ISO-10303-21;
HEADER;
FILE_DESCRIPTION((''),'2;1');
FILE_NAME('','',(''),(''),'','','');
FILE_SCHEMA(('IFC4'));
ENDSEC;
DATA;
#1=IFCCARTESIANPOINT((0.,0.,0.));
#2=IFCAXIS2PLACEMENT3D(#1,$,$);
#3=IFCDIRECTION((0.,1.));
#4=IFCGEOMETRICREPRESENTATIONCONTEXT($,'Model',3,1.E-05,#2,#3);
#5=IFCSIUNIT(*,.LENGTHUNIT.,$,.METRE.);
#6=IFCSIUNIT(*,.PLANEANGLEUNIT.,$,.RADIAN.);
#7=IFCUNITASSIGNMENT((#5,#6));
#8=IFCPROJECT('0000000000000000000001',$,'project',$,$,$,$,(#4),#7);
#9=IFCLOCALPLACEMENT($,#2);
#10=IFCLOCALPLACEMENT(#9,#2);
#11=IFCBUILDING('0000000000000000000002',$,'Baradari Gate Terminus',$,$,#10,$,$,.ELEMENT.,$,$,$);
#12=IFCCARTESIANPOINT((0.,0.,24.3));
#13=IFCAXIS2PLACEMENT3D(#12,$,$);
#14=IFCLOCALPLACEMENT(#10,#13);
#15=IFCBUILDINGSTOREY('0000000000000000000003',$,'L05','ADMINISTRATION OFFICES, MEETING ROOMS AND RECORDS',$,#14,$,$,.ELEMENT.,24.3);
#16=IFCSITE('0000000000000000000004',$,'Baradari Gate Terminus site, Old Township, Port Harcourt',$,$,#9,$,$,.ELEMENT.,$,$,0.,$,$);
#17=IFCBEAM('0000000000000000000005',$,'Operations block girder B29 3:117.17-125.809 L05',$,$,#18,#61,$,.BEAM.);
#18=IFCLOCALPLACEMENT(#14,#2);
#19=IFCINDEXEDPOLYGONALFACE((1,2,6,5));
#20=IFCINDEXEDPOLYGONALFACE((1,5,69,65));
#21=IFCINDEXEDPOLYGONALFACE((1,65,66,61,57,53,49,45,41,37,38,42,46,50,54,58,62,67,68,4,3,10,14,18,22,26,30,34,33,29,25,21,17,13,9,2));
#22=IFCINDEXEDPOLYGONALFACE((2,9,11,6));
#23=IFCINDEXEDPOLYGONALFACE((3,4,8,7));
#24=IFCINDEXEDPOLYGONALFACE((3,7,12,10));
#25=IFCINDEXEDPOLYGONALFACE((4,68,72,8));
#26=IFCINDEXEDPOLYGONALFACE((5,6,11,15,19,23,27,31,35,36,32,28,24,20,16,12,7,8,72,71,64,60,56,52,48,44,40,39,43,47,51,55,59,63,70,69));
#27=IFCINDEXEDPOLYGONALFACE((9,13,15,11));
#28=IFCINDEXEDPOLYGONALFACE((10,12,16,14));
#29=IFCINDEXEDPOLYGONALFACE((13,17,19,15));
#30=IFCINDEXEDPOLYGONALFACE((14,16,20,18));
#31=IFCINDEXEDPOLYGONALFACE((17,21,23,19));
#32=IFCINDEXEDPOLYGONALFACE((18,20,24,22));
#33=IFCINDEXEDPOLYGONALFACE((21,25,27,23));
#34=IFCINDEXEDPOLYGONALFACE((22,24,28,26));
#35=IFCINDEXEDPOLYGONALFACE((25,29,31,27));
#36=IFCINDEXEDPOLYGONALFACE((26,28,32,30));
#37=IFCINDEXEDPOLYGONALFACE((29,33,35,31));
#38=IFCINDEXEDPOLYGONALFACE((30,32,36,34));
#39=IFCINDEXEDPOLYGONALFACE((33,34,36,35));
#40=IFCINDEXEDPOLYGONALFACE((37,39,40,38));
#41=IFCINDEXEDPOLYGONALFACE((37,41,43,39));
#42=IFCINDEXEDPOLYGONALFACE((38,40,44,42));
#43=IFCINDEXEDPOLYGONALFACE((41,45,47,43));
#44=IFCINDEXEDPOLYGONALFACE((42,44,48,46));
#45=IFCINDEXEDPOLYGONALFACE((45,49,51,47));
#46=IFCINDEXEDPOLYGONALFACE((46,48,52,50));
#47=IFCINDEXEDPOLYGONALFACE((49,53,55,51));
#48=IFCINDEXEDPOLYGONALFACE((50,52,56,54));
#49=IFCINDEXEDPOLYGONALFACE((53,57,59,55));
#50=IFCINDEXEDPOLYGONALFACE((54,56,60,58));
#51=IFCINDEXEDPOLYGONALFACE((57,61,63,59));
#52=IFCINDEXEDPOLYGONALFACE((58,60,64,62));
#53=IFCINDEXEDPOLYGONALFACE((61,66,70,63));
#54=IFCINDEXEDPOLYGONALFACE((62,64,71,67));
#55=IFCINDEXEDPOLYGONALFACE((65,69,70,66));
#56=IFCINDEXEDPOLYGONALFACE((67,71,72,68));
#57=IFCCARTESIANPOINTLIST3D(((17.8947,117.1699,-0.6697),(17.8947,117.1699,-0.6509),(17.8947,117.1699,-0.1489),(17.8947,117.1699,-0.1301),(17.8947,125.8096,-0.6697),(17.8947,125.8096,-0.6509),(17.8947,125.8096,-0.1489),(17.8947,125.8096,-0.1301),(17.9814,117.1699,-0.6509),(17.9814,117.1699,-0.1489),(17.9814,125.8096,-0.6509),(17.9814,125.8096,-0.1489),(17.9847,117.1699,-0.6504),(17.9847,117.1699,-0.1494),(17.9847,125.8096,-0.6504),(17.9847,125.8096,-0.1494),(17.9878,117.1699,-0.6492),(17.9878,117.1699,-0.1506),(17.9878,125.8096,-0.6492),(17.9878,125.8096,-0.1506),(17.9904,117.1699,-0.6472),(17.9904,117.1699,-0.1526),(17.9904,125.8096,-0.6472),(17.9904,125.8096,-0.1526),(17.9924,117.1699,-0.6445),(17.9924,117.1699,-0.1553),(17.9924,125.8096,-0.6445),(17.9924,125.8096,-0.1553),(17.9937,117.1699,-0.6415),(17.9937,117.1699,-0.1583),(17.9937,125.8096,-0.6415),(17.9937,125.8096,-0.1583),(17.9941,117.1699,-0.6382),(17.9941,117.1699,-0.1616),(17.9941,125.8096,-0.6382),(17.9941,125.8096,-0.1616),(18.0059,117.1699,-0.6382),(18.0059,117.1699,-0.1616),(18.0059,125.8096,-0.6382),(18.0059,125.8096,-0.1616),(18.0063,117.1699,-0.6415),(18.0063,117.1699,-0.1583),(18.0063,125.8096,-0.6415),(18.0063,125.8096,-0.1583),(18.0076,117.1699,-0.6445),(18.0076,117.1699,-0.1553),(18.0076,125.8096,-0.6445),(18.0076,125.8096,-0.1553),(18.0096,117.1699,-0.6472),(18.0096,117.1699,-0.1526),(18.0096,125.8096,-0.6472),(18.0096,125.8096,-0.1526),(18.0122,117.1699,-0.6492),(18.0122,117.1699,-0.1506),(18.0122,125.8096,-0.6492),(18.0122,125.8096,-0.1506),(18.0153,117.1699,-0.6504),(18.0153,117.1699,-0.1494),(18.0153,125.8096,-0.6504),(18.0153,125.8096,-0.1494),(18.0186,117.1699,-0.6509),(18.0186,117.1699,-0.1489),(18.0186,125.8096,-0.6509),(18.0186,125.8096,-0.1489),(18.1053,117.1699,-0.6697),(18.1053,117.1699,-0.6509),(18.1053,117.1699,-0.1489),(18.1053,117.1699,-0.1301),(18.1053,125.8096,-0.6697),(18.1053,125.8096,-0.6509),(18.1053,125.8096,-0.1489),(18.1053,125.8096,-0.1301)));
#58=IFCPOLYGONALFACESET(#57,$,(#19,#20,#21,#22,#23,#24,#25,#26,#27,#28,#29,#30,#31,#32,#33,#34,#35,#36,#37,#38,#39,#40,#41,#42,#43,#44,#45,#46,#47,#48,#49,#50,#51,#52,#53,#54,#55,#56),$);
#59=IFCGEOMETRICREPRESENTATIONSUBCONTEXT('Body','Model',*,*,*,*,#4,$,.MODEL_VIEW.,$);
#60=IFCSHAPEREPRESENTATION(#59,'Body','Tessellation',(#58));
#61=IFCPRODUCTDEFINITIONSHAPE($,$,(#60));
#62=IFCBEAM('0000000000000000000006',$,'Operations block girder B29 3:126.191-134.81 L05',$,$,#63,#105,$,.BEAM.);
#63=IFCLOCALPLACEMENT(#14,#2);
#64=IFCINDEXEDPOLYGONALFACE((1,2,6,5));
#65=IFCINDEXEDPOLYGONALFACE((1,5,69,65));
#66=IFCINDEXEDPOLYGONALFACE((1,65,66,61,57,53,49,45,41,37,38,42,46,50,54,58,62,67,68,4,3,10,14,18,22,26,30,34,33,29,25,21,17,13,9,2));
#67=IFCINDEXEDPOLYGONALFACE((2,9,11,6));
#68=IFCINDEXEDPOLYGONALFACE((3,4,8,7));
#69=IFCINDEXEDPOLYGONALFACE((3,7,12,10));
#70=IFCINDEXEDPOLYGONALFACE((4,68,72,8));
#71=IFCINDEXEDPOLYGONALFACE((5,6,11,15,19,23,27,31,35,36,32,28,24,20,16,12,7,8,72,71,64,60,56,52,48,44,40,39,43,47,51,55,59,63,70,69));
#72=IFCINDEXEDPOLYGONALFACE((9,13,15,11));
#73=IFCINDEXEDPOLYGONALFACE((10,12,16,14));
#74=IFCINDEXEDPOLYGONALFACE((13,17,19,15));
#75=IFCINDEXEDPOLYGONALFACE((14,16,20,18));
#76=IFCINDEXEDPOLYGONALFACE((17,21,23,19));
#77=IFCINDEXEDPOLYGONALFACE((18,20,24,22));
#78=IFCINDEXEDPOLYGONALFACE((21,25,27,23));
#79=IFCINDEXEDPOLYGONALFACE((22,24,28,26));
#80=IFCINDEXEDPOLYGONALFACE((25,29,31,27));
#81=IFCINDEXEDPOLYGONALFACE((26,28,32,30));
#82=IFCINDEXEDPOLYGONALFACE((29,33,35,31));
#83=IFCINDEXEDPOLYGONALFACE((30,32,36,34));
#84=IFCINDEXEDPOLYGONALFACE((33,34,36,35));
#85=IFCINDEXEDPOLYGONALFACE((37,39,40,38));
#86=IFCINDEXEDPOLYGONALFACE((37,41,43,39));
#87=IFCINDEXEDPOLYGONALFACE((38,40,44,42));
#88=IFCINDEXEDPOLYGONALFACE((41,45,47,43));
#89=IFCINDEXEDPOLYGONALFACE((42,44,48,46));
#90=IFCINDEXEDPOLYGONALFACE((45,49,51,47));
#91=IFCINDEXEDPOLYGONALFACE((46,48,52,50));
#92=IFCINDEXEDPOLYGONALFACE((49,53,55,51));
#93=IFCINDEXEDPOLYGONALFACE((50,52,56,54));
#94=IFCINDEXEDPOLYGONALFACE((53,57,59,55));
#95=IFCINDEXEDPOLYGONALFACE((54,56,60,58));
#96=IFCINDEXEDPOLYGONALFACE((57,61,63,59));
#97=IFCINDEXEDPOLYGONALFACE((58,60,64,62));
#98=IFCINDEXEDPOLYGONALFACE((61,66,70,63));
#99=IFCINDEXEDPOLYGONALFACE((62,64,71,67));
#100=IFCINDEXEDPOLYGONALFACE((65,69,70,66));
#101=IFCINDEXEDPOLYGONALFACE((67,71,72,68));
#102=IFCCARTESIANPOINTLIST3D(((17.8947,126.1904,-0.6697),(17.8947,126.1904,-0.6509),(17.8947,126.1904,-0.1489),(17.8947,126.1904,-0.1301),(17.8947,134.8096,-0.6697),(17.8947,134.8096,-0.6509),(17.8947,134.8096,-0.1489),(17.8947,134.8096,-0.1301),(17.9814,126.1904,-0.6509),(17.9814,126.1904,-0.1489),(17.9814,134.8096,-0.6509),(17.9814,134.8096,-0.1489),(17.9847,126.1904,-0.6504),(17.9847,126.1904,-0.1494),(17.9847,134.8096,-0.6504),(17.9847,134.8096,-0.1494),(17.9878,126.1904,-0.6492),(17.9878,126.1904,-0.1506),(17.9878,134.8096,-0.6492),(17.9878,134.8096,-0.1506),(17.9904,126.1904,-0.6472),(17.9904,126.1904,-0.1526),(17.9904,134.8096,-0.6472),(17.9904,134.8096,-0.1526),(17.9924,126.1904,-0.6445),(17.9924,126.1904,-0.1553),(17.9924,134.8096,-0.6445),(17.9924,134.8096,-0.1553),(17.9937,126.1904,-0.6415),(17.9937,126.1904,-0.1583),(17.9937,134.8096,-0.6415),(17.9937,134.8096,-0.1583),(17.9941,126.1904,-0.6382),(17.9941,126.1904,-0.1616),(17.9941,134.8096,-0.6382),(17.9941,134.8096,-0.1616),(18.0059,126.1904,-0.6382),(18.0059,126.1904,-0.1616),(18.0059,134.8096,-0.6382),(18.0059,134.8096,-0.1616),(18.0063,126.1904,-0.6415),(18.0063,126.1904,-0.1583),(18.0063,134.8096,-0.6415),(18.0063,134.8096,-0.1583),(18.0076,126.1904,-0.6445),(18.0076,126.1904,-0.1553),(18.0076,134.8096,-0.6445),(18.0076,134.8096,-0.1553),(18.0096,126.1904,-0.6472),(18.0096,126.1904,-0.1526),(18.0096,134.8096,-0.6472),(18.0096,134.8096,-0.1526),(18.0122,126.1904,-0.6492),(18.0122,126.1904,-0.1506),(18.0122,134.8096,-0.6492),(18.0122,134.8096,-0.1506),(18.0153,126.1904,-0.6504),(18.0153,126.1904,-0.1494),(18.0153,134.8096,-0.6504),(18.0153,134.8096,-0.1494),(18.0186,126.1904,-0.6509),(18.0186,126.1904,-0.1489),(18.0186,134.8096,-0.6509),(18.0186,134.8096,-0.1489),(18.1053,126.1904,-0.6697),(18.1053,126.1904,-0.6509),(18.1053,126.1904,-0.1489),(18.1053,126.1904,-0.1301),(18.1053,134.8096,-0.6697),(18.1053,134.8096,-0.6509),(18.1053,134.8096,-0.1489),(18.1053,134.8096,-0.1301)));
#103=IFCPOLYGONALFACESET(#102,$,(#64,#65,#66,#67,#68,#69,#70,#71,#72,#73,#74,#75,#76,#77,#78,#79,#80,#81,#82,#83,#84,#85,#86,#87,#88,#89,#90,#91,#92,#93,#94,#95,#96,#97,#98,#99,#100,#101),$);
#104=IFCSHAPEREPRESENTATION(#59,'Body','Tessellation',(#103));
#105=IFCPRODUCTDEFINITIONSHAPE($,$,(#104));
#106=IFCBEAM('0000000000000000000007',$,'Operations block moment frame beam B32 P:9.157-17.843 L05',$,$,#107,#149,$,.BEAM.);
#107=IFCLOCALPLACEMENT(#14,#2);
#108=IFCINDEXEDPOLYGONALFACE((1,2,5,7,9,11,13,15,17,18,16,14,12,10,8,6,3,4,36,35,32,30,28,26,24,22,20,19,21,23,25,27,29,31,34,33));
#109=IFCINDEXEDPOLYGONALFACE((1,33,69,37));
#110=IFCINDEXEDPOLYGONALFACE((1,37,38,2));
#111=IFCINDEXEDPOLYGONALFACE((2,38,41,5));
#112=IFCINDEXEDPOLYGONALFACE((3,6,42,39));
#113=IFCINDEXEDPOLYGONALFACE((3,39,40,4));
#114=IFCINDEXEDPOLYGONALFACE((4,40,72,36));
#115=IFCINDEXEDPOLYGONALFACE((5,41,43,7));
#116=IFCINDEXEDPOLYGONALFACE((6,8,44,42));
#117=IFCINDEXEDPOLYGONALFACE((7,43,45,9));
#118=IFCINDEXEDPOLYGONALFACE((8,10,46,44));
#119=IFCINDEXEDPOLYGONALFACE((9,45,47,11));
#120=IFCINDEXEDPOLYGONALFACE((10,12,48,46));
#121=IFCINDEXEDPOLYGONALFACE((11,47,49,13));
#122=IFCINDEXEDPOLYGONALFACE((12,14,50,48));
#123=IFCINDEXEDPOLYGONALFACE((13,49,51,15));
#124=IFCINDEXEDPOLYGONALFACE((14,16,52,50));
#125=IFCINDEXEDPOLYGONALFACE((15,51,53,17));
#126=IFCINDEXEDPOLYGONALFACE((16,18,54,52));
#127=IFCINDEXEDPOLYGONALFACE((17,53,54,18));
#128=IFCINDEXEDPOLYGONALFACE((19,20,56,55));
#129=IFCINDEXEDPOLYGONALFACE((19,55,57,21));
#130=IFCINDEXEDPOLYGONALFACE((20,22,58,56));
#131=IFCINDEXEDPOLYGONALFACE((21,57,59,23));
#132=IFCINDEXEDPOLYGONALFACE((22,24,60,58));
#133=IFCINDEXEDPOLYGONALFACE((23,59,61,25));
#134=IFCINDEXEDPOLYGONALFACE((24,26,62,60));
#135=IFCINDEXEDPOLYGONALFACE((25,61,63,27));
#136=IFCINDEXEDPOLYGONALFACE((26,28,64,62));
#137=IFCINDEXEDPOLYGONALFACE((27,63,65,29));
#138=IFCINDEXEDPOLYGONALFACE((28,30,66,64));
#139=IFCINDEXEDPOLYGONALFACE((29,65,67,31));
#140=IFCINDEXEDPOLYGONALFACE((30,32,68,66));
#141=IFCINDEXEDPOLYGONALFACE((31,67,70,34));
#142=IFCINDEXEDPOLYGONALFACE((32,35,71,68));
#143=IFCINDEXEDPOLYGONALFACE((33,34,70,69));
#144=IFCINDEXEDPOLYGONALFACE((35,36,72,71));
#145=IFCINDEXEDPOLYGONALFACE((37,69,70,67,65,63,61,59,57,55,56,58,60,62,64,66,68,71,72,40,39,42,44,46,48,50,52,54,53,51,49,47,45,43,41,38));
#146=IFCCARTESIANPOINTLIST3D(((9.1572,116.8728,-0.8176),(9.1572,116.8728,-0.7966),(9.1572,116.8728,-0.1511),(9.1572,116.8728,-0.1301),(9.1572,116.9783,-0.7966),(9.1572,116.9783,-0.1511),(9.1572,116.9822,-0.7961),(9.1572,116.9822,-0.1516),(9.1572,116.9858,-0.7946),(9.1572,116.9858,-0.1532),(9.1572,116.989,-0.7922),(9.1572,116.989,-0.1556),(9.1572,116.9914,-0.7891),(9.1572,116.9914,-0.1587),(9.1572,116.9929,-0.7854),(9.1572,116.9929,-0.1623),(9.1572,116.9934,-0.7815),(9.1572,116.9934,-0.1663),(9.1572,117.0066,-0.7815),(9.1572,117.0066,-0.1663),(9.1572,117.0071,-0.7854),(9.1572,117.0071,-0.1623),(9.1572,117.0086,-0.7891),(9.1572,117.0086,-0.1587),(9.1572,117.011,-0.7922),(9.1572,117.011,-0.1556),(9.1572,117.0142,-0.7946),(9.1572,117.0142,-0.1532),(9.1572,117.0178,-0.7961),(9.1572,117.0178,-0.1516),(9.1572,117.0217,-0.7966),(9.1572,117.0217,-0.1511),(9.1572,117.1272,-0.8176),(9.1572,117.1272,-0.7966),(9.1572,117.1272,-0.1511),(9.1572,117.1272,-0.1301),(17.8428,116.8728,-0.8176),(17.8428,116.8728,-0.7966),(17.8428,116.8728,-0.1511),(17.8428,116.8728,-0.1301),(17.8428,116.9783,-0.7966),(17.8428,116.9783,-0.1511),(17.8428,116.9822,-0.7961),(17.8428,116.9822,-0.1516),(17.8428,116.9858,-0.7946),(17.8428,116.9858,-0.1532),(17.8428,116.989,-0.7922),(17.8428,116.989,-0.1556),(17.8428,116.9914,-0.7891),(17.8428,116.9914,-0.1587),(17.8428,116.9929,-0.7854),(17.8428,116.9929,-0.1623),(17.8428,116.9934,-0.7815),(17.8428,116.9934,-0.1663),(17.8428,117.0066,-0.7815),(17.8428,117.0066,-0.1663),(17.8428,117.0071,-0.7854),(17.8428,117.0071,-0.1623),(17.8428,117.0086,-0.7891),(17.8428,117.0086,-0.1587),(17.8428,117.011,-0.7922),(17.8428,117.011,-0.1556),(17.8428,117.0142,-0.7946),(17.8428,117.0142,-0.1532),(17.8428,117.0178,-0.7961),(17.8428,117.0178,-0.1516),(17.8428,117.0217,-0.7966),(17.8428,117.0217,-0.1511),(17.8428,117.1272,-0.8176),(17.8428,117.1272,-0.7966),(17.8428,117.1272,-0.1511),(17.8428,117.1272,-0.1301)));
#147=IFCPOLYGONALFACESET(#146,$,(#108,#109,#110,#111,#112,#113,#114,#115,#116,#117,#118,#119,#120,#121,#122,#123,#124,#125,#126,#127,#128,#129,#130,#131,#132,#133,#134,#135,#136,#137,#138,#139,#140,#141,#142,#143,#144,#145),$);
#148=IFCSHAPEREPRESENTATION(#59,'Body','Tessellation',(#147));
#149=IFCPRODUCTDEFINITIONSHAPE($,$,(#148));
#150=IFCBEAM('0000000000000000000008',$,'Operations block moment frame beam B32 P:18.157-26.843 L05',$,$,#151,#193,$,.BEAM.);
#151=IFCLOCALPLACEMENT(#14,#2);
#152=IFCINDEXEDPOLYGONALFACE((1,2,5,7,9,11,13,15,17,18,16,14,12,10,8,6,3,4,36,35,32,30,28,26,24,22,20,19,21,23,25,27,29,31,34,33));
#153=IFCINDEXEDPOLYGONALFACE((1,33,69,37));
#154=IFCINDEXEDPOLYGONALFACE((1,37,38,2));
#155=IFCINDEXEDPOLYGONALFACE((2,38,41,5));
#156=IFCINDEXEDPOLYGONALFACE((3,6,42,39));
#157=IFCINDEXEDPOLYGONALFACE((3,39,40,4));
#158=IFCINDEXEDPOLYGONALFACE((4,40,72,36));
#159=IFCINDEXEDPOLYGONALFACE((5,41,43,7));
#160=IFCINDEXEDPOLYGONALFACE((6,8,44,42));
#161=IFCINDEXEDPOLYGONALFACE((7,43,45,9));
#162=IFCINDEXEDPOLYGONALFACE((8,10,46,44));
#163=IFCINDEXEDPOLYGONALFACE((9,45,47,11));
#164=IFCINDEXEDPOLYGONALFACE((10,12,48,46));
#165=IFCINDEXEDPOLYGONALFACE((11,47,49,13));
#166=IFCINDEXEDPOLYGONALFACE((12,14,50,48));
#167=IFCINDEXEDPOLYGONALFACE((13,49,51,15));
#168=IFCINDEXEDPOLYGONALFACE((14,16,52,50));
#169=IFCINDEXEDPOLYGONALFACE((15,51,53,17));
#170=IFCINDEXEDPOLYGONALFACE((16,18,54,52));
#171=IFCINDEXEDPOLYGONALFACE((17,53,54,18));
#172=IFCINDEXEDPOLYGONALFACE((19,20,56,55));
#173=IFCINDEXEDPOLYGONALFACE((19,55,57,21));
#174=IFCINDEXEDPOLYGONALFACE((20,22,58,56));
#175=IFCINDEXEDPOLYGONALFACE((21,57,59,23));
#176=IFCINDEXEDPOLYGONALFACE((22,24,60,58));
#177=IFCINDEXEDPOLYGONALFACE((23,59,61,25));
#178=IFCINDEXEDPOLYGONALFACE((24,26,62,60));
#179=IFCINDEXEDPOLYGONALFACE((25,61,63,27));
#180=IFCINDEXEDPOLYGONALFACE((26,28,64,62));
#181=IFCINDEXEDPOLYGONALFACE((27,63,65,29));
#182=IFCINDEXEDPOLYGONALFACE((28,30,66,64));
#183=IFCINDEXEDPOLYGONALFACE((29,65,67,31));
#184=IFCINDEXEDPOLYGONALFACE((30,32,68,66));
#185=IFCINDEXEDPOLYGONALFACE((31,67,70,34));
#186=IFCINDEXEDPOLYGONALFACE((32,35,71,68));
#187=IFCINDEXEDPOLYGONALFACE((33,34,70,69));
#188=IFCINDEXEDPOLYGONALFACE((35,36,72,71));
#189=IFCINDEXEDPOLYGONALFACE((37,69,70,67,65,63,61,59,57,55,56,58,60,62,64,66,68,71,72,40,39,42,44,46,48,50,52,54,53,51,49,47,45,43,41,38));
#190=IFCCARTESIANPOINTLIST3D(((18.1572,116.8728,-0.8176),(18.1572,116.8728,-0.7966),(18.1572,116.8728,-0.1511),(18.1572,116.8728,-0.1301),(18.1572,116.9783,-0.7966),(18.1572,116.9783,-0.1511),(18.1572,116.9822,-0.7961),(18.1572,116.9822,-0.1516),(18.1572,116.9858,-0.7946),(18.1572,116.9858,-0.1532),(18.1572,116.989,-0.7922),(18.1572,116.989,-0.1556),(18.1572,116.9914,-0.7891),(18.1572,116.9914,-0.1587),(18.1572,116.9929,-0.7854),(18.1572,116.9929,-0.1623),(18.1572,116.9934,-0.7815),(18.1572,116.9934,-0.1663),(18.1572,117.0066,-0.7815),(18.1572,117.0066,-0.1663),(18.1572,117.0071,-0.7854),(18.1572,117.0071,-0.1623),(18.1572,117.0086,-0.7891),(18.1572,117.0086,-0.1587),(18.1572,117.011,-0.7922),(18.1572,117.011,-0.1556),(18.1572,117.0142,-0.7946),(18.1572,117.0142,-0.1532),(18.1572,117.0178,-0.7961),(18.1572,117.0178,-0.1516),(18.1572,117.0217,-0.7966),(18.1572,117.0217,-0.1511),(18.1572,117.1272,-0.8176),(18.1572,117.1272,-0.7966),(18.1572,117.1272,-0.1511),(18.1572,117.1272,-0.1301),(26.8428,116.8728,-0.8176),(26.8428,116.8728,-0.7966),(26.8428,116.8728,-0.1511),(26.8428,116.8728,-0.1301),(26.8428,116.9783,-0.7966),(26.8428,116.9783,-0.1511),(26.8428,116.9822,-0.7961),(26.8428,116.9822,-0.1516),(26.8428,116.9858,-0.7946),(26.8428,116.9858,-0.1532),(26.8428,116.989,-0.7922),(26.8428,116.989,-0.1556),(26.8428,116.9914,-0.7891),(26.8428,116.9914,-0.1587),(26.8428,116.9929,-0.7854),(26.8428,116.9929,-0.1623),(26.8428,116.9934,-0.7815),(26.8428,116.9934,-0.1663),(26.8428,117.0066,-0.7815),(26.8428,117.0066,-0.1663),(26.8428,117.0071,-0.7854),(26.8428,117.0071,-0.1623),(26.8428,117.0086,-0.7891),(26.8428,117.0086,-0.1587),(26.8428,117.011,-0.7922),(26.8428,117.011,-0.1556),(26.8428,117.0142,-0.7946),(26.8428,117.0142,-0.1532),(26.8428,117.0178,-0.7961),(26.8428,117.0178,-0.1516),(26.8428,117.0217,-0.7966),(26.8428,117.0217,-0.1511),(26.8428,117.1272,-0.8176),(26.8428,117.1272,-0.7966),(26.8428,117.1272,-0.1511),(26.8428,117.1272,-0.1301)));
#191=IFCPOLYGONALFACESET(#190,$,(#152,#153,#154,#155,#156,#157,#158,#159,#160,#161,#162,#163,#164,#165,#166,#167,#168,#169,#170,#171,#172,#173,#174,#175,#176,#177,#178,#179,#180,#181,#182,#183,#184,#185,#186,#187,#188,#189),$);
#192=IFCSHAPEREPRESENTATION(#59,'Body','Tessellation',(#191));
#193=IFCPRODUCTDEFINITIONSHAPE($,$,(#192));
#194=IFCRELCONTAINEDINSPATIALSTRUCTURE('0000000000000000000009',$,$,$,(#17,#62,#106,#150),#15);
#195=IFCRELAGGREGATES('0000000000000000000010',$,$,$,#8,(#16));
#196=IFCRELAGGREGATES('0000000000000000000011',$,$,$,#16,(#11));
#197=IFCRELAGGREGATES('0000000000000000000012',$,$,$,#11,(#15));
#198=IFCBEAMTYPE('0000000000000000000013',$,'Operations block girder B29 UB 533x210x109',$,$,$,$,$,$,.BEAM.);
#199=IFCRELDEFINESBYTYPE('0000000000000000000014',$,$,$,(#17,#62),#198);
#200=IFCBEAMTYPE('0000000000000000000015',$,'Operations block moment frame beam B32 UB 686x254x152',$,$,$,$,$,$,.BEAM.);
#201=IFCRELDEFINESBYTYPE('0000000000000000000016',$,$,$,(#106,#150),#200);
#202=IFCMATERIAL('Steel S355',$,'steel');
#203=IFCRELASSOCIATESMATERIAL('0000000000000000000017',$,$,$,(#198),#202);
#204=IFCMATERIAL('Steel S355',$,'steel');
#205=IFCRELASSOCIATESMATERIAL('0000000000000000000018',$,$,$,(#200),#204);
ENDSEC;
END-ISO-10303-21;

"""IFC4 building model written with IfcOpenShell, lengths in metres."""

from ifc_helpers import new_model, si_unit, direction, frame, origin, origin_2d, place, context, subcontext, project, spatial, i_section, extrude, material, material_profile, profile_set, type_object, element, save


model = new_model("IFC4")

# Units and contexts
model_context = context("Model", 3, precision=1e-05, world=origin(), true_north=direction((0.0, 1.0)))
body_context = subcontext(model_context, "Body", "Model", "MODEL_VIEW")
ifc_project = project(units=[si_unit("LENGTHUNIT", "METRE"), si_unit("PLANEANGLEUNIT", "RADIAN")], contexts=[model_context])

# Site, building, storey
site_placement = place(None, origin())
site = spatial("IfcSite", under=ifc_project, at=site_placement, Name="Baradari Gate Terminus site, Old Township, Port Harcourt", CompositionType="ELEMENT", RefElevation=0.0)
building_placement = place(site_placement, origin())
building = spatial("IfcBuilding", under=site, at=building_placement, Name="Baradari Gate Terminus", CompositionType="ELEMENT")
storey_placement = place(building_placement, frame((0.0, 0.0, 24.3)))
storey = spatial("IfcBuildingStorey", under=building, at=storey_placement, Name="L05", Description="ADMINISTRATION OFFICES, MEETING ROOMS AND RECORDS", CompositionType="ELEMENT", Elevation=24.3)

# Beams
ifc_material_1 = material(Name="Steel S355", Category="steel")
ifc_material_profile_1 = material_profile(ifc_material_1, i_section(OverallWidth=0.2107, OverallDepth=0.5396, WebThickness=0.0117, FlangeThickness=0.0188, FilletRadius=0.0127, at=origin_2d()), Name="UB 533x210x109")
ifc_profile_set_1 = profile_set([ifc_material_profile_1], Name="Steel S355")
beam_type_1 = type_object("IfcBeamType", Name="Operations block girder B29 UB 533x210x109", PredefinedType="BEAM", material=ifc_profile_set_1)
beam_1_placement = place(storey_placement, frame((18.0, 117.1699, -0.3999), z_axis=(0.0, 1.0, 0.0), x_axis=(-1.0, 0.0, 0.0)))
element("IfcBeam", 1, at=beam_1_placement, inside=storey, type_object=beam_type_1, Name="Operations block girder B29 3:117.17-125.809 L05", PredefinedType="BEAM", context=body_context, shape_type="SweptSolid", body=[
    extrude(i_section(OverallWidth=0.2107, OverallDepth=0.5396, WebThickness=0.0117, FlangeThickness=0.0188, FilletRadius=0.0127, at=origin_2d()), origin(), (0.0, 0.0, 1.0), 8.6396),
])
beam_2_placement = place(storey_placement, frame((18.0, 126.1904, -0.3999), z_axis=(0.0, 1.0, 0.0), x_axis=(-1.0, 0.0, 0.0)))
element("IfcBeam", 2, at=beam_2_placement, inside=storey, type_object=beam_type_1, Name="Operations block girder B29 3:126.191-134.81 L05", PredefinedType="BEAM", context=body_context, shape_type="SweptSolid", body=[
    extrude(i_section(OverallWidth=0.2107, OverallDepth=0.5396, WebThickness=0.0117, FlangeThickness=0.0188, FilletRadius=0.0127, at=origin_2d()), origin(), (0.0, 0.0, 1.0), 8.6191),
])
ifc_material_2 = material(Name="Steel S355", Category="steel")
ifc_material_profile_2 = material_profile(ifc_material_2, i_section(OverallWidth=0.2544, OverallDepth=0.6875, WebThickness=0.0132, FlangeThickness=0.021, FilletRadius=0.0151, at=origin_2d()), Name="UB 686x254x152")
ifc_profile_set_2 = profile_set([ifc_material_profile_2], Name="Steel S355")
beam_type_2 = type_object("IfcBeamType", Name="Operations block moment frame beam B32 UB 686x254x152", PredefinedType="BEAM", material=ifc_profile_set_2)
for number, where, z_axis, x_axis, name in (
    (3, (9.1572, 117.0, -0.4739), (1.0, 0.0, 0.0), (0.0, 1.0, 0.0), "Operations block moment frame beam B32 P:9.157-17.843 L05"),
    (4, (18.1572, 117.0, -0.4739), (1.0, 0.0, 0.0), (0.0, 1.0, 0.0), "Operations block moment frame beam B32 P:18.157-26.843 L05"),
):
    element("IfcBeam", number, at=place(storey_placement, frame(where, z_axis=z_axis, x_axis=x_axis)), inside=storey, type_object=beam_type_2, Name=name, PredefinedType="BEAM", context=body_context, shape_type="SweptSolid", body=[
        extrude(i_section(OverallWidth=0.2544, OverallDepth=0.6875, WebThickness=0.0132, FlangeThickness=0.021, FilletRadius=0.0151, at=origin_2d()), origin(), (0.0, 0.0, 1.0), 8.6855),
    ])

save(model, "model.ifc")
